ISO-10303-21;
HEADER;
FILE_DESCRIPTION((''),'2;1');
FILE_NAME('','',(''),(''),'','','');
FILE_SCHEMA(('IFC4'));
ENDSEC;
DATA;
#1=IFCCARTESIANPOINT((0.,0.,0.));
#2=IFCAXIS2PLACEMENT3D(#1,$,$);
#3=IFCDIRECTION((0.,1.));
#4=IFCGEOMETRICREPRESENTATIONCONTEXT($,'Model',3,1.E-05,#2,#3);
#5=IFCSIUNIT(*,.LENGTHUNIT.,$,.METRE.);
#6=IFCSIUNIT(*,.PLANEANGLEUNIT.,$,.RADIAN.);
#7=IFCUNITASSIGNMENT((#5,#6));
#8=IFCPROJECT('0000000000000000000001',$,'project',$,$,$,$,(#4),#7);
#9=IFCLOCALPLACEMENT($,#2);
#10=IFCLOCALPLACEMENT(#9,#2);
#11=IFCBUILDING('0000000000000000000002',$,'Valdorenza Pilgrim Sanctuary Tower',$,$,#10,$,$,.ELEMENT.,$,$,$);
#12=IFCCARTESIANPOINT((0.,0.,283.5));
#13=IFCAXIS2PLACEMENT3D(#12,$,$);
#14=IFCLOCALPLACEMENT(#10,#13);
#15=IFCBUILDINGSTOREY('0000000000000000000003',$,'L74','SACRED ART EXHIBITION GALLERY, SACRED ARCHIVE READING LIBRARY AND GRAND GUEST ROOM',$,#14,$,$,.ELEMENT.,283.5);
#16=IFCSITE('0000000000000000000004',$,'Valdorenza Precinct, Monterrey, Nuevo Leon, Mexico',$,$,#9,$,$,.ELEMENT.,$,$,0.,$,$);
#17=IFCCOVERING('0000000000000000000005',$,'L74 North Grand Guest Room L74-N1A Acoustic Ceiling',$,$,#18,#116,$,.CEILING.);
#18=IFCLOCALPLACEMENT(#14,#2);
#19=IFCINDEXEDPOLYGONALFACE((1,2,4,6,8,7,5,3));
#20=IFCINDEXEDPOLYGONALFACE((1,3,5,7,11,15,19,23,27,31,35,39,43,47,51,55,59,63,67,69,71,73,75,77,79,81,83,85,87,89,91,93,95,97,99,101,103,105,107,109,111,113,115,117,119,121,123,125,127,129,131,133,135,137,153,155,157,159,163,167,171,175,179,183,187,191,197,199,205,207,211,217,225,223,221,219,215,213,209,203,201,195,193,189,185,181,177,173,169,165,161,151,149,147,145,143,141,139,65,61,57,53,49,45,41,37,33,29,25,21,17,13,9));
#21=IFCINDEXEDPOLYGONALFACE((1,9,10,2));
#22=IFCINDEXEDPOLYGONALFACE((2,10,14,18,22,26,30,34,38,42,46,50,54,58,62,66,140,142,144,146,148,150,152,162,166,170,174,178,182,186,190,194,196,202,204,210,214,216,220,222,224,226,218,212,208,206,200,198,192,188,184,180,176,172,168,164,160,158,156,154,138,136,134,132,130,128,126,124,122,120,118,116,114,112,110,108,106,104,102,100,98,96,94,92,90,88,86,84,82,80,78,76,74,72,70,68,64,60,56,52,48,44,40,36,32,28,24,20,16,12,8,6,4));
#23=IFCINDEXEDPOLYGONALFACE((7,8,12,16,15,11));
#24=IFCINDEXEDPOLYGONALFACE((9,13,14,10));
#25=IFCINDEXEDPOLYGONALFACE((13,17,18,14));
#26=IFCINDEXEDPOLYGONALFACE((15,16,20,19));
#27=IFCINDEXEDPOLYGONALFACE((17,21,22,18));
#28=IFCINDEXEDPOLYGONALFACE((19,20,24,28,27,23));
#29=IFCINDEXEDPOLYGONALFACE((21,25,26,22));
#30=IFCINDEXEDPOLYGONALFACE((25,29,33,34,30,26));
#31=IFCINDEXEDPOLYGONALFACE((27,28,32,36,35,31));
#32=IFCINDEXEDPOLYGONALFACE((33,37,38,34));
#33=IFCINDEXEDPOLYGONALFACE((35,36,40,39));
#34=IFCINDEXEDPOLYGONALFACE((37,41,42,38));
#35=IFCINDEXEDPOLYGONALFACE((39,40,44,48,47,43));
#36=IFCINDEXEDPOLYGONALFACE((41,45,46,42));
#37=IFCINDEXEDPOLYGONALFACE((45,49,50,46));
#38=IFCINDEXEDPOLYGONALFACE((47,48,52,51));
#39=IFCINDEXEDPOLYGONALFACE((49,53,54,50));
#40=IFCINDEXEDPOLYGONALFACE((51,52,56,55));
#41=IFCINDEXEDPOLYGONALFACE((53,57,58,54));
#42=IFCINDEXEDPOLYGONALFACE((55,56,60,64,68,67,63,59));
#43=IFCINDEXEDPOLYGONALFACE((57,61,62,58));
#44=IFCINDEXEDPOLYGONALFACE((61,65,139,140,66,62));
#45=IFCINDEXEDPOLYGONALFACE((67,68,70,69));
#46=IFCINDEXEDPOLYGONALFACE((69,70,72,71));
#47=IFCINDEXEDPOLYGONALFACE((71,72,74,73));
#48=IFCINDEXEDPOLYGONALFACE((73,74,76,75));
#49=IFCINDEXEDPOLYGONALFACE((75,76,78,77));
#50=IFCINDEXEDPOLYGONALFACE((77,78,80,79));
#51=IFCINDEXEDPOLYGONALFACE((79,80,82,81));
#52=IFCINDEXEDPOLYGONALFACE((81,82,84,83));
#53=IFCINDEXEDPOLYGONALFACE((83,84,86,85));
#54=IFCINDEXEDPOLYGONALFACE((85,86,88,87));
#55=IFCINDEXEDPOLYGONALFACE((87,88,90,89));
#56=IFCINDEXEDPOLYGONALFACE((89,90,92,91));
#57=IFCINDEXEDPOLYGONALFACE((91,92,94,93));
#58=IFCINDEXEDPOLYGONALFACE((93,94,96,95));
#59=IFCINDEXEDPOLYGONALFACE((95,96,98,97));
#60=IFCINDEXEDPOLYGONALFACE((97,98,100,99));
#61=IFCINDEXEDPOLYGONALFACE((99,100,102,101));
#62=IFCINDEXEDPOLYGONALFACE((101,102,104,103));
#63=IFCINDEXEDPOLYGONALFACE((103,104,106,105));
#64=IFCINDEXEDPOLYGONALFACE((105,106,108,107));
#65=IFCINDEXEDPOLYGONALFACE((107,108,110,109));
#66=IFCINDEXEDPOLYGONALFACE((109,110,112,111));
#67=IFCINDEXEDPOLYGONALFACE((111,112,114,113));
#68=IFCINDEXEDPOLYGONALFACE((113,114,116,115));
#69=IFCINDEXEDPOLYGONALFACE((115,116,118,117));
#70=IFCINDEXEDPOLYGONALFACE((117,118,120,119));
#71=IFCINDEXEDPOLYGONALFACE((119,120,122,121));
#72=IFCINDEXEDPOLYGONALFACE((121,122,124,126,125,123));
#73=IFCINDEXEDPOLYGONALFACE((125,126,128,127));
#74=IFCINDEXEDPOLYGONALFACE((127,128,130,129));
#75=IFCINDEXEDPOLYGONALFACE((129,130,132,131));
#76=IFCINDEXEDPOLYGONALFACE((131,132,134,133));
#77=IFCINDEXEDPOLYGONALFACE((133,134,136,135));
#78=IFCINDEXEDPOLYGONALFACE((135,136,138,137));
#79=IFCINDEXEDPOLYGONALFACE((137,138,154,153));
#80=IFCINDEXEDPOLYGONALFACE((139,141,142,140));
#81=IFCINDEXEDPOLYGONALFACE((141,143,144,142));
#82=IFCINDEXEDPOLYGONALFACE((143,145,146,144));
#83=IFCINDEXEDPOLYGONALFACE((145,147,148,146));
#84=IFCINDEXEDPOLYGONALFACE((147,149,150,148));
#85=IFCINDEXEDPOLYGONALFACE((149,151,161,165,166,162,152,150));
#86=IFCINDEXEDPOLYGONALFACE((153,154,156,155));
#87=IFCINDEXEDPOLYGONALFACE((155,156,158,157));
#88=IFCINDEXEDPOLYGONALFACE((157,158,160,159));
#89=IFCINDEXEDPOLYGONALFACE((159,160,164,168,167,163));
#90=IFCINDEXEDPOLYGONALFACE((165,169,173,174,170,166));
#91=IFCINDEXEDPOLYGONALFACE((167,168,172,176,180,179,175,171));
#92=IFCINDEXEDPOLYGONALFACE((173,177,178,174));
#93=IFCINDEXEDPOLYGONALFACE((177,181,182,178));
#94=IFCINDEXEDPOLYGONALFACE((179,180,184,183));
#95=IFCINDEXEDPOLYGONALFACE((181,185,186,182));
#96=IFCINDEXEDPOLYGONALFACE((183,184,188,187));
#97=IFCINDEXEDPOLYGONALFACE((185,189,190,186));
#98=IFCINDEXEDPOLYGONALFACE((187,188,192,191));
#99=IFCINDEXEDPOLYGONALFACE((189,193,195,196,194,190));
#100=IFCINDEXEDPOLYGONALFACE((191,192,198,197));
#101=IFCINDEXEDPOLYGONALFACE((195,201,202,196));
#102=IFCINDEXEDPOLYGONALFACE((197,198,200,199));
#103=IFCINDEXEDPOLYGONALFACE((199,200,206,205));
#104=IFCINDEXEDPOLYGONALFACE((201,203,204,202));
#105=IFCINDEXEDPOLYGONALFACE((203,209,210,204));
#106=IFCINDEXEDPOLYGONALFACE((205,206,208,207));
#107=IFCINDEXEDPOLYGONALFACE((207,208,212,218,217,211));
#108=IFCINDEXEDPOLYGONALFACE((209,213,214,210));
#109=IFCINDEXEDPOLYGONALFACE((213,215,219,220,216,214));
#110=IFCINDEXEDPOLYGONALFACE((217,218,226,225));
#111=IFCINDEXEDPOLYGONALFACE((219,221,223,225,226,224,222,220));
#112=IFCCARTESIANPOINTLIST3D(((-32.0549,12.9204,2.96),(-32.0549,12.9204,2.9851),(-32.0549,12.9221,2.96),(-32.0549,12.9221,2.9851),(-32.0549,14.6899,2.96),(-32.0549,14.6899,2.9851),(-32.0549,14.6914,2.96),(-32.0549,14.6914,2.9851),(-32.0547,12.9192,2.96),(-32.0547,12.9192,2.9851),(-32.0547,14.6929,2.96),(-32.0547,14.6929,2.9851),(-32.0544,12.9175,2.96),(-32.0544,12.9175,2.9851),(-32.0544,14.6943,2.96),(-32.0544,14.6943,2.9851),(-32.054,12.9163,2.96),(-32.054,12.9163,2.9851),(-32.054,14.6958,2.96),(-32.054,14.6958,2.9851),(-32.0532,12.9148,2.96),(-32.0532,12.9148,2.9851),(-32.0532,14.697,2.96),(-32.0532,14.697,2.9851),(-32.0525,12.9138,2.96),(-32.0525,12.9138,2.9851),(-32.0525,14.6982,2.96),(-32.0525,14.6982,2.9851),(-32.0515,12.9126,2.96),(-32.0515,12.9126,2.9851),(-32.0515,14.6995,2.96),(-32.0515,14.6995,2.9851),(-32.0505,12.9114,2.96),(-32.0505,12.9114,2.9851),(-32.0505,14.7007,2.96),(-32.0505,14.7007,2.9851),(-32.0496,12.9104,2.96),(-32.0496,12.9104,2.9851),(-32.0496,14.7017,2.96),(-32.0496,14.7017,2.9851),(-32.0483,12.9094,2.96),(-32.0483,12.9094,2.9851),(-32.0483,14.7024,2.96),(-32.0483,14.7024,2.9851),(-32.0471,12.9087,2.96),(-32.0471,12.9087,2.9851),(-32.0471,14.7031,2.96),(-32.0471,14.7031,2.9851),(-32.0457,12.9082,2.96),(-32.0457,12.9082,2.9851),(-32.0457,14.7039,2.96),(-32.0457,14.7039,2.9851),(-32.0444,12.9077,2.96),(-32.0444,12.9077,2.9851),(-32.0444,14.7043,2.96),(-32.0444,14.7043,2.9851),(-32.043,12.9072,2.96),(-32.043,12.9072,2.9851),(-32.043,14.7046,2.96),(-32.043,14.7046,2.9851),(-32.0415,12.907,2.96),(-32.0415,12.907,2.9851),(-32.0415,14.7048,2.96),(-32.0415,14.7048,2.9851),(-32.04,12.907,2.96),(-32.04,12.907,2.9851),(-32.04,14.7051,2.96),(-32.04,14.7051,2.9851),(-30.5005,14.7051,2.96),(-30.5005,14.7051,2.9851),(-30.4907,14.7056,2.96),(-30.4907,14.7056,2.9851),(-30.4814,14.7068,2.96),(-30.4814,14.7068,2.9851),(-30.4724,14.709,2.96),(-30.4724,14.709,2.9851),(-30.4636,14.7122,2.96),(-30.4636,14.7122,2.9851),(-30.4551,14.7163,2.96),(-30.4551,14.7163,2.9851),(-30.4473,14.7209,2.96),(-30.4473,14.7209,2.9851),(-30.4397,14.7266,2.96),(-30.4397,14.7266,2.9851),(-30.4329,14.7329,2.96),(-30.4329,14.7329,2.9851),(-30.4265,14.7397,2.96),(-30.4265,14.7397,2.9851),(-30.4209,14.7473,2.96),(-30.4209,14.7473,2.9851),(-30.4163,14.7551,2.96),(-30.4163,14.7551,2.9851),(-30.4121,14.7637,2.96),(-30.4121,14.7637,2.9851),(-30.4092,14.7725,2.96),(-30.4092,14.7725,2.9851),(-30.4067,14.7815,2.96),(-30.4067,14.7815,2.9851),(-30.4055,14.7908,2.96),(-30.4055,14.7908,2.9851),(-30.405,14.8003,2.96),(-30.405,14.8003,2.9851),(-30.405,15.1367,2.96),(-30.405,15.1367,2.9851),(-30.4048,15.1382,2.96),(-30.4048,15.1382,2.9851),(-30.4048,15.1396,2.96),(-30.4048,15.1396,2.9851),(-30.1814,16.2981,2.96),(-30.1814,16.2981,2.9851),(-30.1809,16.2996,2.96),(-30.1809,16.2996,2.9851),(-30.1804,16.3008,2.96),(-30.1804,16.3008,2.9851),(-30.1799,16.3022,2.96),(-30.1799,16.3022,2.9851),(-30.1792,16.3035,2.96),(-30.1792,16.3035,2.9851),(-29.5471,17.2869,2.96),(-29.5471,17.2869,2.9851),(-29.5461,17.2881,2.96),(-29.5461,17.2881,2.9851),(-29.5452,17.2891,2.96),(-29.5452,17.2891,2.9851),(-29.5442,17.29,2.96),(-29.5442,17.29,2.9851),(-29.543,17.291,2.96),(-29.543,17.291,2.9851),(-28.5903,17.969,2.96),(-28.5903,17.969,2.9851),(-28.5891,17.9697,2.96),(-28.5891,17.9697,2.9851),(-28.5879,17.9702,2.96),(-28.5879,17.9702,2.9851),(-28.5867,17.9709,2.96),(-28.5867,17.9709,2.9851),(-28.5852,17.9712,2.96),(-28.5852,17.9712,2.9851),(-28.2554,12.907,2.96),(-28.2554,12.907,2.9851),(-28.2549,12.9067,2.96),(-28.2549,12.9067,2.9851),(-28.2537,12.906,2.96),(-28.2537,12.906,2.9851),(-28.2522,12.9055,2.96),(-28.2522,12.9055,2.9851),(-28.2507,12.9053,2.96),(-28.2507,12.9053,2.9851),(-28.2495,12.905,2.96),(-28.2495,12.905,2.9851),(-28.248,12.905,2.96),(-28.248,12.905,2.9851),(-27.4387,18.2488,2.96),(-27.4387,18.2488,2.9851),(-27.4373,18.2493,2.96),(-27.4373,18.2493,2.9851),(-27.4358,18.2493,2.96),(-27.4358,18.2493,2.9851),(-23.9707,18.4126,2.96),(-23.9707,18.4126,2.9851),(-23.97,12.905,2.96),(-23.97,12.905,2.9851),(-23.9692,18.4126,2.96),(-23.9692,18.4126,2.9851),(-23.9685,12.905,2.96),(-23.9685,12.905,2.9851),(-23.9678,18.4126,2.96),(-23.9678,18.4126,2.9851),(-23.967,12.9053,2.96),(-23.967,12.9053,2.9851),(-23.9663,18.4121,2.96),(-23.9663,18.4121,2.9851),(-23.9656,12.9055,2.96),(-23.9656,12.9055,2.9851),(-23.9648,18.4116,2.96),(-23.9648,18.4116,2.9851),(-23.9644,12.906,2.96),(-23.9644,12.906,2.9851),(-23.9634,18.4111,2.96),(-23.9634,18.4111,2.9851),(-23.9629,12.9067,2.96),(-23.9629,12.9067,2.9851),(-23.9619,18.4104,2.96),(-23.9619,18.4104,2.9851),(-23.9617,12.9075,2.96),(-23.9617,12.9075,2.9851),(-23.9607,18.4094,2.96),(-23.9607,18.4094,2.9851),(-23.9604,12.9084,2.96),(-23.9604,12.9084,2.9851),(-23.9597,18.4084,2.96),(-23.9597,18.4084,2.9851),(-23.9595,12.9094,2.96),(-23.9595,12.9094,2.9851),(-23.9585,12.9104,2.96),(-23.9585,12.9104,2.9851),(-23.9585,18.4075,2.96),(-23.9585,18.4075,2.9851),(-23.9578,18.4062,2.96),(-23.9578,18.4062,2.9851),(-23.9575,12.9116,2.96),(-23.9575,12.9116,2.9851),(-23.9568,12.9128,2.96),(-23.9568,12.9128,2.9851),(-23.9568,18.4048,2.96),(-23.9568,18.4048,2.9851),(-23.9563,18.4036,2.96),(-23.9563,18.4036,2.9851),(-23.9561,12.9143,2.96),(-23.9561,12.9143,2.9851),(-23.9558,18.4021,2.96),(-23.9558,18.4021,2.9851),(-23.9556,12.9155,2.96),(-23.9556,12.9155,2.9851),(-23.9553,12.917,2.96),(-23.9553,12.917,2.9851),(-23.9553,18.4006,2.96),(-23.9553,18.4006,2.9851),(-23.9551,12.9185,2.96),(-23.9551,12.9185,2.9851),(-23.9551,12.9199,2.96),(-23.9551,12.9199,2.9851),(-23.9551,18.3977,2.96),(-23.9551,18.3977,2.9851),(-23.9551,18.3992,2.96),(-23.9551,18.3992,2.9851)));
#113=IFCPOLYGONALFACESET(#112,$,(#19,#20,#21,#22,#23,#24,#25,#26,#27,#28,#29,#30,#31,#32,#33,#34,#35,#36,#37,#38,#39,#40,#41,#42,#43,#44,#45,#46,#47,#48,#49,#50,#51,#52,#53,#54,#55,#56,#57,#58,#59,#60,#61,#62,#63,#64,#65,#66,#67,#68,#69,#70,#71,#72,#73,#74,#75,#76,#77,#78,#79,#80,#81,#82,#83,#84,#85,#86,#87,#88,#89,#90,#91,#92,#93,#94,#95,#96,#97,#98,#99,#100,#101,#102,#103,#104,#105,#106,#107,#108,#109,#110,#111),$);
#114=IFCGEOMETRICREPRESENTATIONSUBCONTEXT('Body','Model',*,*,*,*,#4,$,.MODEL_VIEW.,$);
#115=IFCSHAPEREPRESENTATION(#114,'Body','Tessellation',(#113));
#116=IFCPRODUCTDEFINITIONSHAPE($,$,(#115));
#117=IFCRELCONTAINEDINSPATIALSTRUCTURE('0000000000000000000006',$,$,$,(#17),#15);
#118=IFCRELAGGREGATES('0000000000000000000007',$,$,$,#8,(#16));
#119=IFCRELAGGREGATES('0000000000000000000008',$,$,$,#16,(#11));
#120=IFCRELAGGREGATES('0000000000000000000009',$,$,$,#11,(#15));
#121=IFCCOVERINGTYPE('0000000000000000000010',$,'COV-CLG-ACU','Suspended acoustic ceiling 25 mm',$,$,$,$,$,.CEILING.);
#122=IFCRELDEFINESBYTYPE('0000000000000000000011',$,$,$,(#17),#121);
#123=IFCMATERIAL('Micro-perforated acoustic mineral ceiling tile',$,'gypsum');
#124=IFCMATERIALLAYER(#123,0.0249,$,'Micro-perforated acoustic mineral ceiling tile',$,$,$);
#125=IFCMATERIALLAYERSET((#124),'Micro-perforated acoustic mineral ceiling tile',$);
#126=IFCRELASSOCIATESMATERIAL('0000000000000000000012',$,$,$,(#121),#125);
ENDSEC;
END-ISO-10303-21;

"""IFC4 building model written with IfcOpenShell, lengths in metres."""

from ifc_helpers import new_model, si_unit, direction, frame, origin, place, context, subcontext, project, spatial, polyline, outline, extrude, material, layer, layer_set, type_object, element, save


model = new_model("IFC4")

# Units and contexts
model_context = context("Model", 3, precision=1e-05, world=origin(), true_north=direction((0.0, 1.0)))
body_context = subcontext(model_context, "Body", "Model", "MODEL_VIEW")
ifc_project = project(units=[si_unit("LENGTHUNIT", "METRE"), si_unit("PLANEANGLEUNIT", "RADIAN")], contexts=[model_context])

# Site, building, storey
site_placement = place(None, origin())
site = spatial("IfcSite", under=ifc_project, at=site_placement, Name="Valdorenza Precinct, Monterrey, Nuevo Leon, Mexico", CompositionType="ELEMENT", RefElevation=0.0)
building_placement = place(site_placement, origin())
building = spatial("IfcBuilding", under=site, at=building_placement, Name="Valdorenza Pilgrim Sanctuary Tower", CompositionType="ELEMENT")
storey_placement = place(building_placement, frame((0.0, 0.0, 283.5)))
storey = spatial("IfcBuildingStorey", under=building, at=storey_placement, Name="L74", Description="SACRED ART EXHIBITION GALLERY, SACRED ARCHIVE READING LIBRARY AND GRAND GUEST ROOM", CompositionType="ELEMENT", Elevation=283.5)

# Covering
ifc_material_1 = material(Name="Micro-perforated acoustic mineral ceiling tile", Category="gypsum")
ifc_layer_1 = layer(ifc_material_1, 0.0249, Name="Micro-perforated acoustic mineral ceiling tile")
ifc_layer_set_1 = layer_set([ifc_layer_1], Name="Micro-perforated acoustic mineral ceiling tile")
covering_type_1 = type_object("IfcCoveringType", Name="COV-CLG-ACU", Description="Suspended acoustic ceiling 25 mm", PredefinedType="CEILING", material=ifc_layer_set_1)
covering_1_placement = place(storey_placement, frame((0.0, 0.0, 2.96)))
element("IfcCovering", 1, at=covering_1_placement, inside=storey, type_object=covering_type_1, Name="L74 North Grand Guest Room L74-N1A Acoustic Ceiling", PredefinedType="CEILING", context=body_context, shape_type="SweptSolid", body=[
    extrude(outline(polyline([(-30.5005, 14.7051), (-30.4907, 14.7056), (-30.4814, 14.7068), (-30.4724, 14.709), (-30.4636, 14.7122), (-30.4551, 14.7163), (-30.4473, 14.7209), (-30.4397, 14.7266), (-30.4329, 14.7329), (-30.4265, 14.7397), (-30.4209, 14.7473), (-30.4163, 14.7551), (-30.4121, 14.7637), (-30.4092, 14.7725), (-30.4067, 14.7815), (-30.4055, 14.7908), (-30.405, 14.8003), (-30.405, 15.1367), (-30.4048, 15.1382), (-30.4048, 15.1396), (-30.1814, 16.2981), (-30.1809, 16.2996), (-30.1804, 16.3008), (-30.1799, 16.3022), (-30.1792, 16.3035), (-29.5471, 17.2869), (-29.5461, 17.2881), (-29.5452, 17.2891), (-29.5442, 17.29), (-29.543, 17.291), (-28.5903, 17.969), (-28.5891, 17.9697), (-28.5879, 17.9702), (-28.5867, 17.9709), (-28.5852, 17.9712), (-27.4387, 18.2488), (-27.4373, 18.2493), (-27.4358, 18.2493), (-23.9707, 18.4126), (-23.9692, 18.4126), (-23.9678, 18.4126), (-23.9663, 18.4121), (-23.9648, 18.4116), (-23.9634, 18.4111), (-23.9619, 18.4104), (-23.9607, 18.4094), (-23.9597, 18.4084), (-23.9585, 18.4075), (-23.9578, 18.4062), (-23.9568, 18.4048), (-23.9563, 18.4036), (-23.9558, 18.4021), (-23.9553, 18.4006), (-23.9551, 18.3992), (-23.9551, 18.3977), (-23.9551, 12.9199), (-23.9551, 12.9185), (-23.9553, 12.917), (-23.9556, 12.9155), (-23.9561, 12.9143), (-23.9568, 12.9128), (-23.9575, 12.9116), (-23.9585, 12.9104), (-23.9595, 12.9094), (-23.9604, 12.9084), (-23.9617, 12.9075), (-23.9629, 12.9067), (-23.9644, 12.906), (-23.9656, 12.9055), (-23.967, 12.9053), (-23.9685, 12.905), (-23.97, 12.905), (-28.248, 12.905), (-28.2495, 12.905), (-28.2507, 12.9053), (-28.2522, 12.9055), (-28.2537, 12.906), (-28.2549, 12.9067), (-28.2554, 12.907), (-32.04, 12.907), (-32.0415, 12.907), (-32.043, 12.9072), (-32.0444, 12.9077), (-32.0457, 12.9082), (-32.0471, 12.9087), (-32.0483, 12.9094), (-32.0496, 12.9104), (-32.0505, 12.9114), (-32.0515, 12.9126), (-32.0525, 12.9138), (-32.0532, 12.9148), (-32.054, 12.9163), (-32.0544, 12.9175), (-32.0547, 12.9192), (-32.0549, 12.9204), (-32.0549, 12.9221), (-32.0549, 14.6899), (-32.0549, 14.6914), (-32.0547, 14.6929), (-32.0544, 14.6943), (-32.054, 14.6958), (-32.0532, 14.697), (-32.0525, 14.6982), (-32.0515, 14.6995), (-32.0505, 14.7007), (-32.0496, 14.7017), (-32.0483, 14.7024), (-32.0471, 14.7031), (-32.0457, 14.7039), (-32.0444, 14.7043), (-32.043, 14.7046), (-32.0415, 14.7048), (-32.04, 14.7051), (-30.5005, 14.7051)])), origin(), (0.0, 0.0, 1.0), 0.0251),
])

save(model, "model.ifc")
